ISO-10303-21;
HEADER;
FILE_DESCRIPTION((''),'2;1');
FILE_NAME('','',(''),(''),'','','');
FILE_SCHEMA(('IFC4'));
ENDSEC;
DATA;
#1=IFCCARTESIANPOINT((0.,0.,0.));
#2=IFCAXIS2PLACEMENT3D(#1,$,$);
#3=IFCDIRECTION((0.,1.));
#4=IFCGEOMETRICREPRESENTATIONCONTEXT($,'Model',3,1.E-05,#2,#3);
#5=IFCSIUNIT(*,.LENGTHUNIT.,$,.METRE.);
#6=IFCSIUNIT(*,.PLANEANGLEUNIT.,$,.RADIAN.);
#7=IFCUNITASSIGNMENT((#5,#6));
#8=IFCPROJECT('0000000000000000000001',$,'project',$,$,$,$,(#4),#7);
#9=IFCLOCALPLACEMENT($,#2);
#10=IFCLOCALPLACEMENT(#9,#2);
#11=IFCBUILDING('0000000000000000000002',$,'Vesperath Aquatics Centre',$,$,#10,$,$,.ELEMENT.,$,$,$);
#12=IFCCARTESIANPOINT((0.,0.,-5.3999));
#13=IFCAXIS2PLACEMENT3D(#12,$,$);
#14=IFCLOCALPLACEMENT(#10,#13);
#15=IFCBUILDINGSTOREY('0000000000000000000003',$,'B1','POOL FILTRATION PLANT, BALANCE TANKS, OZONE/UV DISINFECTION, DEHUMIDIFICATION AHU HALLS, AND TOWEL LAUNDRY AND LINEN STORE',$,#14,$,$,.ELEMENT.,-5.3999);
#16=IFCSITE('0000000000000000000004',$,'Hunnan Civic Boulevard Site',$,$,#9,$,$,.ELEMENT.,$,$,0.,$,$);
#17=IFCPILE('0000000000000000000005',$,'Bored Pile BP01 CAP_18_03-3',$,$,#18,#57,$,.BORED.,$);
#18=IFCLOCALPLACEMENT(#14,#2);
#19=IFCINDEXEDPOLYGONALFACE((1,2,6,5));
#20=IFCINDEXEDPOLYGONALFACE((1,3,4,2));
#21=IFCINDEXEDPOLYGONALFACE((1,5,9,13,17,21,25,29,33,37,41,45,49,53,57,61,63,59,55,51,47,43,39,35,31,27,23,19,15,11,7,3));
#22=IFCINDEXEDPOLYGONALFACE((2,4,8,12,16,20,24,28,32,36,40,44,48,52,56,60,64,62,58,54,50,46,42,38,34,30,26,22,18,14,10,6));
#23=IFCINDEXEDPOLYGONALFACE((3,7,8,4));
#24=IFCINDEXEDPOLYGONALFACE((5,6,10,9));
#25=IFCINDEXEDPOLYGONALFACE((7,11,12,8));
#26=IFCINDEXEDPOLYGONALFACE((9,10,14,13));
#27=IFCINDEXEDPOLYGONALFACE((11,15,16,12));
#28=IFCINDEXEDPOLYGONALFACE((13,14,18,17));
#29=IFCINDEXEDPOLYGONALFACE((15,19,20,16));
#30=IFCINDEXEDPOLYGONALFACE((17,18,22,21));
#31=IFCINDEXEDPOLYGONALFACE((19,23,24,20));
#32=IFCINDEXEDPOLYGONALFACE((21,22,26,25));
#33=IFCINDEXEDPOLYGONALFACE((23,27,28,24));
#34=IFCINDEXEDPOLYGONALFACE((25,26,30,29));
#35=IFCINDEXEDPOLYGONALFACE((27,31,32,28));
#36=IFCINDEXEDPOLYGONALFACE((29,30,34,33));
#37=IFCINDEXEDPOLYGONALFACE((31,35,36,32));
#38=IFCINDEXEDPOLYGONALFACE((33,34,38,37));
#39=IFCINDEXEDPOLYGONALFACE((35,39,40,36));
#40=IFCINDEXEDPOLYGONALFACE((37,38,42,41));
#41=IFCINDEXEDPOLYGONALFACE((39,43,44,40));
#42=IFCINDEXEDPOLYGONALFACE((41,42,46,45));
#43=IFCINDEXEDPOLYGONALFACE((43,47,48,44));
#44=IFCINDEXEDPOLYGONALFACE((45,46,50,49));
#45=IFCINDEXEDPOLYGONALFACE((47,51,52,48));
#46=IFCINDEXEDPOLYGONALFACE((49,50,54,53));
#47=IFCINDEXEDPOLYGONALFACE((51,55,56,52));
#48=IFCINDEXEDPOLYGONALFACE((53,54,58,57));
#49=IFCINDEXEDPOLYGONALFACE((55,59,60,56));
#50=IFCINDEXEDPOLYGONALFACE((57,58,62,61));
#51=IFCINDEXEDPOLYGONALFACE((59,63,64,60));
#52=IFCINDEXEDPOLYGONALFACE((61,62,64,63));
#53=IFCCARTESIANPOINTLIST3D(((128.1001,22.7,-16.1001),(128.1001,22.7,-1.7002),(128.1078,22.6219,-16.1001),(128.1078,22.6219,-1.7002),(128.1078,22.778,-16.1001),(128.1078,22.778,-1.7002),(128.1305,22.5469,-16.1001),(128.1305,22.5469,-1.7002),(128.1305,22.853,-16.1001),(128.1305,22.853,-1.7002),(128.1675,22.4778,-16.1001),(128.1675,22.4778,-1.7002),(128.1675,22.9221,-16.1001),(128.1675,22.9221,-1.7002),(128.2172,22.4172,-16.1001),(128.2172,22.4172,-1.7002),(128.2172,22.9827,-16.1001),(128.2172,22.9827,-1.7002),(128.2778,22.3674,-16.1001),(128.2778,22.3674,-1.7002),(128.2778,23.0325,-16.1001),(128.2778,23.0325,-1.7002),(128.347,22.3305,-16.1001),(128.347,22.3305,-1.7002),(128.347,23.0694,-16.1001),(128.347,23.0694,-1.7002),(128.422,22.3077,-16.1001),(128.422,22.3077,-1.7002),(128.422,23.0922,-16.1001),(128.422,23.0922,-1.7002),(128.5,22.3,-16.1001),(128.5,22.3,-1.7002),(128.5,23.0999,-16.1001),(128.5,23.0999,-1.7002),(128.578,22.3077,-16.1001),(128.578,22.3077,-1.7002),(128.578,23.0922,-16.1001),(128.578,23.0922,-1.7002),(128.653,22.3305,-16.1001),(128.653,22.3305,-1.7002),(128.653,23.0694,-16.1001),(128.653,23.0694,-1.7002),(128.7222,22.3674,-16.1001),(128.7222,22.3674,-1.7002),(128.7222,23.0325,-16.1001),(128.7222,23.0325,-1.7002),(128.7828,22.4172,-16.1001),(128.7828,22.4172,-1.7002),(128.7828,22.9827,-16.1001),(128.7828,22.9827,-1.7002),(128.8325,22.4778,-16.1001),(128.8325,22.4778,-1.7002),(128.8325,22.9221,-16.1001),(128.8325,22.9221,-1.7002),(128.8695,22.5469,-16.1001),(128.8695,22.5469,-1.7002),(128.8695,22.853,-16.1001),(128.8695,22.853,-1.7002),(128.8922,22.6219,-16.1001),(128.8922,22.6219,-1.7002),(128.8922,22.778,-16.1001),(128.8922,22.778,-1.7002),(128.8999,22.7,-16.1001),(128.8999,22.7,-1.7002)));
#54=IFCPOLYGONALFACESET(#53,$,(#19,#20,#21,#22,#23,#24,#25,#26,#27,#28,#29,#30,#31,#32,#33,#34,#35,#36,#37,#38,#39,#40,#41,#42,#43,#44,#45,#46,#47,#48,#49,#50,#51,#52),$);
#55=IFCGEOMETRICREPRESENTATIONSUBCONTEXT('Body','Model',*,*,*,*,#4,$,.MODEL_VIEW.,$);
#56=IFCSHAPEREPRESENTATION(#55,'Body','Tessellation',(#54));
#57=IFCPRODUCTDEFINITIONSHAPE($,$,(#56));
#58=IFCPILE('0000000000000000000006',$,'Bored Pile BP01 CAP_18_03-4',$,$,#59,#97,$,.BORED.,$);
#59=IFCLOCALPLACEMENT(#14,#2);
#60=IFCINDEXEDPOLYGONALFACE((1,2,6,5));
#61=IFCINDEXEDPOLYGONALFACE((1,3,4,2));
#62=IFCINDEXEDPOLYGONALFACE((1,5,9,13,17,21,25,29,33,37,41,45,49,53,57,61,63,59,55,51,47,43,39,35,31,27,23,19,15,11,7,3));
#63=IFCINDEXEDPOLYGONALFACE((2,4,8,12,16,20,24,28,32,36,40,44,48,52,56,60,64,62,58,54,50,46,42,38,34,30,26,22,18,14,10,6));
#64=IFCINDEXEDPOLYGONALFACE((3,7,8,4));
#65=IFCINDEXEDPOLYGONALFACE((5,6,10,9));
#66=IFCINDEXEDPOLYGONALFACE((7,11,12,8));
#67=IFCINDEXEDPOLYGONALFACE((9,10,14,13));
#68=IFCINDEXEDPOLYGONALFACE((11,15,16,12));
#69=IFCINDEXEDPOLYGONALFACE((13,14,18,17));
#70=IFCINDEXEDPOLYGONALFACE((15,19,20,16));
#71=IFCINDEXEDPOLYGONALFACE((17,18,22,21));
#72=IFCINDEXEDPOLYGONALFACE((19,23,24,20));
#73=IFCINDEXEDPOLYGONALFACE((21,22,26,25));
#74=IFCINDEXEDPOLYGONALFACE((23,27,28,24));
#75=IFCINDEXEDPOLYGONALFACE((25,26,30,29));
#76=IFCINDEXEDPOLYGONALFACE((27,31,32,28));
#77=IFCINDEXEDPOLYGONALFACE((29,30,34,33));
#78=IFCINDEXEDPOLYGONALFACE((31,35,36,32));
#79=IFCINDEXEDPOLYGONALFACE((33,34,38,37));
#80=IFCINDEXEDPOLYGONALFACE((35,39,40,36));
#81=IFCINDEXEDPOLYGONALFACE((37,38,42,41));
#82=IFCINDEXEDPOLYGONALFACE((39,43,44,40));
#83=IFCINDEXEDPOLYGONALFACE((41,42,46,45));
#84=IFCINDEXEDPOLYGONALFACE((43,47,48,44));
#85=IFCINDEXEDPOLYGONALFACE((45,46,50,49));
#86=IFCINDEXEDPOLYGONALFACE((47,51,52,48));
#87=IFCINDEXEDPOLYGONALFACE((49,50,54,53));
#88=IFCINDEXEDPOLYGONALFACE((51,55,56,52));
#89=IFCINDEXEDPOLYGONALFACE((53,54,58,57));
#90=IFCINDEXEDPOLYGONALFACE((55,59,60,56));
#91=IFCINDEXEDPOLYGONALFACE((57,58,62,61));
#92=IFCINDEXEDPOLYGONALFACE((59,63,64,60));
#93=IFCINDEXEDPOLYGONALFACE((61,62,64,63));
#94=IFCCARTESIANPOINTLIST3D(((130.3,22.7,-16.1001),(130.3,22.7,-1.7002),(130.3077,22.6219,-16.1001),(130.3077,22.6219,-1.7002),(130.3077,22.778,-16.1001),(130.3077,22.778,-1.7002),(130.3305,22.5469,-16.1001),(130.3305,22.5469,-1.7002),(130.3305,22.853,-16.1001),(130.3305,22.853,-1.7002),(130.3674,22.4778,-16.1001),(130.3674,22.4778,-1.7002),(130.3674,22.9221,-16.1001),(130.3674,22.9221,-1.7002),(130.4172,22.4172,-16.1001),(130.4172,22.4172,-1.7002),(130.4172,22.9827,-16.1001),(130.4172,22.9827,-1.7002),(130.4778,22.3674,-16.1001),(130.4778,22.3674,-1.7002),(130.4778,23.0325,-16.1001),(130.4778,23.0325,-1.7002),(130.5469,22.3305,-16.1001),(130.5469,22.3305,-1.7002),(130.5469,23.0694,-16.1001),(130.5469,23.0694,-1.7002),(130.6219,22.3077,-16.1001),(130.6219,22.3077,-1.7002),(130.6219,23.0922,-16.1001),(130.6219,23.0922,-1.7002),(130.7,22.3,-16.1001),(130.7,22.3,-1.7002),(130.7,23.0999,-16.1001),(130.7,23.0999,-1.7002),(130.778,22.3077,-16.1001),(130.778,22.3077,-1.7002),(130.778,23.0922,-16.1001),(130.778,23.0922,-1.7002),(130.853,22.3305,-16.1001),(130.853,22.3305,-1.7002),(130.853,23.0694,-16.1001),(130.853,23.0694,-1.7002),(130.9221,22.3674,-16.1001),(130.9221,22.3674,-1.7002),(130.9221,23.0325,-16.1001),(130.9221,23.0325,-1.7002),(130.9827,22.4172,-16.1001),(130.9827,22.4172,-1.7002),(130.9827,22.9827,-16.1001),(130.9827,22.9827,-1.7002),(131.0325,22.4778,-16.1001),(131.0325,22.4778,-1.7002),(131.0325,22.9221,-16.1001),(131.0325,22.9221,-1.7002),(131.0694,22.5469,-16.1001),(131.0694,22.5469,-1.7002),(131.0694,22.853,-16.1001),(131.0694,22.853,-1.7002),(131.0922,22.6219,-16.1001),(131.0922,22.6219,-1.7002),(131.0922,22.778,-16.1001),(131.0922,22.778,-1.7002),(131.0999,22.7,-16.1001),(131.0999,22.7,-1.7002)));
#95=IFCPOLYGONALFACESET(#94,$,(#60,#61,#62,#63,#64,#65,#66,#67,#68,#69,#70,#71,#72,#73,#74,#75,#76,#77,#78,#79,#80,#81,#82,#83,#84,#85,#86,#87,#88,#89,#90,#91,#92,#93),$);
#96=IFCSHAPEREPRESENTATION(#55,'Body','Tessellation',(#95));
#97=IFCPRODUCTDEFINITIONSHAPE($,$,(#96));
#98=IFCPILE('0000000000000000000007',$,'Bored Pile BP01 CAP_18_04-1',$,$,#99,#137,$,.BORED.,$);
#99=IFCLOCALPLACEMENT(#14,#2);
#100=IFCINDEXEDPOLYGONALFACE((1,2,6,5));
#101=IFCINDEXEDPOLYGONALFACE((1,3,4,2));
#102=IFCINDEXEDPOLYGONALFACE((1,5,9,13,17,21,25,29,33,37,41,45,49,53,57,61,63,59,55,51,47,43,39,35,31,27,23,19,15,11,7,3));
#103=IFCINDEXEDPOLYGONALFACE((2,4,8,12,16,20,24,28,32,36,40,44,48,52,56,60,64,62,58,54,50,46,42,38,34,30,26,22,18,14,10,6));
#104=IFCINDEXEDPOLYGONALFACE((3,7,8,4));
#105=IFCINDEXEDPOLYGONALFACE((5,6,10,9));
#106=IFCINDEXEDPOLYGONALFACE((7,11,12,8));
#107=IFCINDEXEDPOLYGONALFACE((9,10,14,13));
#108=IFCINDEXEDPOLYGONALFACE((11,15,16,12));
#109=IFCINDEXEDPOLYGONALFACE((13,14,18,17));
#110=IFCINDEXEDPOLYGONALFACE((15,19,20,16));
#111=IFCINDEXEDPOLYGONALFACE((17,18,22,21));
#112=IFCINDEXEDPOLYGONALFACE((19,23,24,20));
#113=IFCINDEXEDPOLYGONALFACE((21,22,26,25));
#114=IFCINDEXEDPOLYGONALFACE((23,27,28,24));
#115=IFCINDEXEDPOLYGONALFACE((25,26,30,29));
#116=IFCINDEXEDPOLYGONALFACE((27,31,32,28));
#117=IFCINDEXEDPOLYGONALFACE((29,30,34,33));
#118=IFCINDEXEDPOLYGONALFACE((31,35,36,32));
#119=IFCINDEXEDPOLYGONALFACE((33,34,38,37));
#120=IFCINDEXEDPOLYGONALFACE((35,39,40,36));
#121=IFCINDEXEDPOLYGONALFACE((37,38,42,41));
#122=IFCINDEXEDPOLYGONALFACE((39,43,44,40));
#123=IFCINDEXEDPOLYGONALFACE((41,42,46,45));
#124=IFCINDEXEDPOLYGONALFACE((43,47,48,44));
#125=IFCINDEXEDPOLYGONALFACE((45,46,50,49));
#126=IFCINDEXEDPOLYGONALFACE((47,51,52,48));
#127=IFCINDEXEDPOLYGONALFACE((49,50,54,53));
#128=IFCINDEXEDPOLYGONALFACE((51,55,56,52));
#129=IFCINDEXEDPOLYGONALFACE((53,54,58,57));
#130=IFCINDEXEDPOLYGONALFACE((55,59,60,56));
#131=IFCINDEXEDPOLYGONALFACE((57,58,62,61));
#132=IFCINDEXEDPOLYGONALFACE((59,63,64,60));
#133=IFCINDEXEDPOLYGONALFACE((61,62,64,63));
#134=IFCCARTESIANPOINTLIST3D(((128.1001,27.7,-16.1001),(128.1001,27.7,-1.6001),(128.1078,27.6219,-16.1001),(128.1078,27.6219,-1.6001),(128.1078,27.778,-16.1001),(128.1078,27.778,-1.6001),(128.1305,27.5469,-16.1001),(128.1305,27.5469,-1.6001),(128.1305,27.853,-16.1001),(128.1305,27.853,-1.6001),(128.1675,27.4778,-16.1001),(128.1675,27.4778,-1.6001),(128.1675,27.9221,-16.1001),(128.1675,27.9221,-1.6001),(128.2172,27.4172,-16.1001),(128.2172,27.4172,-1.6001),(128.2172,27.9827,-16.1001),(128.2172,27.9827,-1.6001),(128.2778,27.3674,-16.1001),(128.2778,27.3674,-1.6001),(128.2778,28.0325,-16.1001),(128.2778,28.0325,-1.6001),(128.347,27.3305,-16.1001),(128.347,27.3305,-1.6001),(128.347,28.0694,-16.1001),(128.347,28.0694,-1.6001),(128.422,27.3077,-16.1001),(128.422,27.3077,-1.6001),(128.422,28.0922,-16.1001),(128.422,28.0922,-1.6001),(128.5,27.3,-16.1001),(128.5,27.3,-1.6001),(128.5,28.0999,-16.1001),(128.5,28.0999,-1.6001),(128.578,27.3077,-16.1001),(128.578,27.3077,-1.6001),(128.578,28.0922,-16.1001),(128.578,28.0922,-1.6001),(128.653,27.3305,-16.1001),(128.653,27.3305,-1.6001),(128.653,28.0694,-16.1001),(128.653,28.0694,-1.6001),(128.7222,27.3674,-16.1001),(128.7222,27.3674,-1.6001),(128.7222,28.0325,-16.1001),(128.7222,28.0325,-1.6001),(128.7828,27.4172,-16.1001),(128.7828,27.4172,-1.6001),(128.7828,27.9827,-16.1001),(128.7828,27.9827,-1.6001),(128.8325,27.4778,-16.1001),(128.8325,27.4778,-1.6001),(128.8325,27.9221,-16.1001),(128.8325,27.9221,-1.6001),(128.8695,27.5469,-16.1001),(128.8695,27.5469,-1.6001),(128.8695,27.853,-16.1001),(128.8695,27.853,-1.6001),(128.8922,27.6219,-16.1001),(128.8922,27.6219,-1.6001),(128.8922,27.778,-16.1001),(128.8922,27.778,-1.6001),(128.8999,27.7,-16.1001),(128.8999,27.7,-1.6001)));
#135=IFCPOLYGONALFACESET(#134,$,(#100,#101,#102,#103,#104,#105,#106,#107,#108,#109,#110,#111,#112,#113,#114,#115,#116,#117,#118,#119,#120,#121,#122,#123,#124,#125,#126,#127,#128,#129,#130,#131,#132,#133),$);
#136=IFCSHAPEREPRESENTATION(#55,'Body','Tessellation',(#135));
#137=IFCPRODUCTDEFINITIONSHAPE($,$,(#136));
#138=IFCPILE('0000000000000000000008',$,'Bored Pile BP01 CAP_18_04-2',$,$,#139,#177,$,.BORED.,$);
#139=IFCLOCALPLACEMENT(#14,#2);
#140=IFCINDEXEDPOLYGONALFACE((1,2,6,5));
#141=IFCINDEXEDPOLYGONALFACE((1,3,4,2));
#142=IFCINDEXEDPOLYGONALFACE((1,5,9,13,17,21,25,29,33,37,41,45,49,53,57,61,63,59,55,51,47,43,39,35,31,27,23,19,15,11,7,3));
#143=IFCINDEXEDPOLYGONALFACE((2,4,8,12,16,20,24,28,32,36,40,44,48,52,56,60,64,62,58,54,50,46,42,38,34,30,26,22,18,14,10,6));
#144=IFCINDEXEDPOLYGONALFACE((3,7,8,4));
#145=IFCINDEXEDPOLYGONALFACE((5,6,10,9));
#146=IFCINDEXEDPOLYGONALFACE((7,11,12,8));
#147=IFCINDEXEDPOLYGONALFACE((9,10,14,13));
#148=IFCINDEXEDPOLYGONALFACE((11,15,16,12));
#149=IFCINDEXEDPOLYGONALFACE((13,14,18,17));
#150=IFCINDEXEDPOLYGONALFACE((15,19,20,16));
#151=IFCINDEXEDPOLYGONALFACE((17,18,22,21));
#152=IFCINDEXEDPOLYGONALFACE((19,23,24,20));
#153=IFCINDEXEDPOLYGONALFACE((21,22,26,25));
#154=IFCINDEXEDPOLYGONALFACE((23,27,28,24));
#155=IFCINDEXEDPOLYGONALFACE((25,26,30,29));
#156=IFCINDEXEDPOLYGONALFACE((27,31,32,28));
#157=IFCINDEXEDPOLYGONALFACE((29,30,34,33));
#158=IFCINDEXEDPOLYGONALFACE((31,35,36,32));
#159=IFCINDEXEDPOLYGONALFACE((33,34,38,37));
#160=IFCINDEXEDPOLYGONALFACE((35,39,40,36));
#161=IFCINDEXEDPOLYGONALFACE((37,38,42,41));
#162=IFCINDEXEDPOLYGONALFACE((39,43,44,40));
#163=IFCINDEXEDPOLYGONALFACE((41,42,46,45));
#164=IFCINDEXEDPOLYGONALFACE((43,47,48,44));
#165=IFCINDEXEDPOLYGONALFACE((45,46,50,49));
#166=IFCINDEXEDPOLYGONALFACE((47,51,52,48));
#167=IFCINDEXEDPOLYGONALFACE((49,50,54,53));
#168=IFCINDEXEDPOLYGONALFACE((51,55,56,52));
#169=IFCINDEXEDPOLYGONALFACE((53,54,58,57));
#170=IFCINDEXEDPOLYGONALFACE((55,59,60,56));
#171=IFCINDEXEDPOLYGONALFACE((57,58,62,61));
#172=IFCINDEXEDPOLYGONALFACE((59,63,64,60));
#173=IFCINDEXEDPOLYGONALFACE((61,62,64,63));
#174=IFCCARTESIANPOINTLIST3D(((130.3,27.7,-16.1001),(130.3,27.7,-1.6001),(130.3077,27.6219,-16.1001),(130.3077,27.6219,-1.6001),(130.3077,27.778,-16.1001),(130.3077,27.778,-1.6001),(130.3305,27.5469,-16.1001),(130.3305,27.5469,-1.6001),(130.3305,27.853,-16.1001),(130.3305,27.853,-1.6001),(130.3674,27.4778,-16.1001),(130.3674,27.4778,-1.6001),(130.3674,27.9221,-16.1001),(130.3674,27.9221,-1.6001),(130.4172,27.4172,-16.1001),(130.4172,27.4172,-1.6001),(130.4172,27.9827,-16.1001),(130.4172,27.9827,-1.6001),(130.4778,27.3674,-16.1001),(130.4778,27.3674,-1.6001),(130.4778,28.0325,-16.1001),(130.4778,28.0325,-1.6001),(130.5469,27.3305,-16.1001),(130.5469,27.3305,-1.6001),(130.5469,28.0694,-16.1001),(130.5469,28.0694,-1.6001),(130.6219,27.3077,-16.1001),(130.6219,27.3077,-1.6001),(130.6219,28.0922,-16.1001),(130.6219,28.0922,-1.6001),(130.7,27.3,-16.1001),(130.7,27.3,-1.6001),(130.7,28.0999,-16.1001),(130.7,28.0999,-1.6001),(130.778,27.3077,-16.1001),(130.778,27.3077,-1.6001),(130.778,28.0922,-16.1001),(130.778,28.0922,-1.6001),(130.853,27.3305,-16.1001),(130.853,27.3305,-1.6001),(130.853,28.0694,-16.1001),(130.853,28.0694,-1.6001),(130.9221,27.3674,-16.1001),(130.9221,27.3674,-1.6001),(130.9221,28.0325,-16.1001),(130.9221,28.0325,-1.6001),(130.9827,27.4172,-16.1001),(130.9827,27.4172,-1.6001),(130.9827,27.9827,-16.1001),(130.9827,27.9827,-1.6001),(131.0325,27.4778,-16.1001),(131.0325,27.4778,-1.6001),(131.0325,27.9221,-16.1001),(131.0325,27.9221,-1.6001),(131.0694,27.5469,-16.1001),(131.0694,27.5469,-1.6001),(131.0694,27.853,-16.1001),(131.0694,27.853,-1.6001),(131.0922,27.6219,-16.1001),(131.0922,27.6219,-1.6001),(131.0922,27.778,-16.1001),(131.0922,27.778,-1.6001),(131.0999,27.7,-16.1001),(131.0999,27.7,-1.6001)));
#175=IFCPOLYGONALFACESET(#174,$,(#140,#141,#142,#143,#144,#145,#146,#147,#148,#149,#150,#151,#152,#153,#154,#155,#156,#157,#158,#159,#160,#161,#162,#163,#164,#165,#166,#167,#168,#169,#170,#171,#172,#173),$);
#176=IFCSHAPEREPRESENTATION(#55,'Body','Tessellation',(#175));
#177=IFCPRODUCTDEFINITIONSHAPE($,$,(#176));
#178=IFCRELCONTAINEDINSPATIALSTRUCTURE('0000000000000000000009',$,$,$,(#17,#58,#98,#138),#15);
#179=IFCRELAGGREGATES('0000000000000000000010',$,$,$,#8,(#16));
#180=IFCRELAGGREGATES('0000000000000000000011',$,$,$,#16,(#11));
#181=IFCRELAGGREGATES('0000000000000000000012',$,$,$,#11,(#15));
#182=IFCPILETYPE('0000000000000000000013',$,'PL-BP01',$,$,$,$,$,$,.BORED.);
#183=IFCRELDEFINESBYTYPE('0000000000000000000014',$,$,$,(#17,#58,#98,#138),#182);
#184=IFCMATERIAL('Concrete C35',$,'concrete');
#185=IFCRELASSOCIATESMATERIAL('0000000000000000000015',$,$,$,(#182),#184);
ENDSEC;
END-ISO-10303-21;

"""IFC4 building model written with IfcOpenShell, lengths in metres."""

from ifc_helpers import new_model, si_unit, direction, frame, origin, origin_2d, place, context, subcontext, project, spatial, circle, extrude, material, material_profile, profile_set, type_object, element, save


model = new_model("IFC4")

# Units and contexts
model_context = context("Model", 3, precision=1e-05, world=origin(), true_north=direction((0.0, 1.0)))
body_context = subcontext(model_context, "Body", "Model", "MODEL_VIEW")
ifc_project = project(units=[si_unit("LENGTHUNIT", "METRE"), si_unit("PLANEANGLEUNIT", "RADIAN")], contexts=[model_context])

# Site, building, storey
site_placement = place(None, origin())
site = spatial("IfcSite", under=ifc_project, at=site_placement, Name="Hunnan Civic Boulevard Site", CompositionType="ELEMENT", RefElevation=0.0)
building_placement = place(site_placement, origin())
building = spatial("IfcBuilding", under=site, at=building_placement, Name="Vesperath Aquatics Centre", CompositionType="ELEMENT")
storey_placement = place(building_placement, frame((0.0, 0.0, -5.3999)))
storey = spatial("IfcBuildingStorey", under=building, at=storey_placement, Name="B1", Description="POOL FILTRATION PLANT, BALANCE TANKS, OZONE/UV DISINFECTION, DEHUMIDIFICATION AHU HALLS, AND TOWEL LAUNDRY AND LINEN STORE", CompositionType="ELEMENT", Elevation=-5.3999)

# Piles
ifc_material_1 = material(Name="Concrete C35", Category="concrete")
ifc_material_profile_1 = material_profile(ifc_material_1, circle(Radius=0.3999, at=origin_2d()), Name="PILE D800")
ifc_profile_set_1 = profile_set([ifc_material_profile_1], Name="Concrete C35")
pile_type = type_object("IfcPileType", Name="PL-BP01", PredefinedType="BORED", material=ifc_profile_set_1)
for number, where, z_axis, x_axis, name in (
    (1, (128.5, 22.7, -1.7002), (0.0, 0.0, -1.0), (1.0, 0.0, 0.0), "Bored Pile BP01 CAP_18_03-3"),
    (2, (130.7, 22.7, -1.7002), (0.0, 0.0, -1.0), (1.0, 0.0, 0.0), "Bored Pile BP01 CAP_18_03-4"),
):
    element("IfcPile", number, at=place(storey_placement, frame(where, z_axis=z_axis, x_axis=x_axis)), inside=storey, type_object=pile_type, Name=name, PredefinedType="BORED", context=body_context, shape_type="SweptSolid", body=[
        extrude(circle(Radius=0.3999, at=origin_2d()), origin(), (0.0, 0.0, 1.0), 14.3999),
    ])
for number, where, z_axis, x_axis, name in (
    (3, (128.5, 27.7, -1.6001), (0.0, 0.0, -1.0), (1.0, 0.0, 0.0), "Bored Pile BP01 CAP_18_04-1"),
    (4, (130.7, 27.7, -1.6001), (0.0, 0.0, -1.0), (1.0, 0.0, 0.0), "Bored Pile BP01 CAP_18_04-2"),
):
    element("IfcPile", number, at=place(storey_placement, frame(where, z_axis=z_axis, x_axis=x_axis)), inside=storey, type_object=pile_type, Name=name, PredefinedType="BORED", context=body_context, shape_type="SweptSolid", body=[
        extrude(circle(Radius=0.3999, at=origin_2d()), origin(), (0.0, 0.0, 1.0), 14.5),
    ])

save(model, "model.ifc")
